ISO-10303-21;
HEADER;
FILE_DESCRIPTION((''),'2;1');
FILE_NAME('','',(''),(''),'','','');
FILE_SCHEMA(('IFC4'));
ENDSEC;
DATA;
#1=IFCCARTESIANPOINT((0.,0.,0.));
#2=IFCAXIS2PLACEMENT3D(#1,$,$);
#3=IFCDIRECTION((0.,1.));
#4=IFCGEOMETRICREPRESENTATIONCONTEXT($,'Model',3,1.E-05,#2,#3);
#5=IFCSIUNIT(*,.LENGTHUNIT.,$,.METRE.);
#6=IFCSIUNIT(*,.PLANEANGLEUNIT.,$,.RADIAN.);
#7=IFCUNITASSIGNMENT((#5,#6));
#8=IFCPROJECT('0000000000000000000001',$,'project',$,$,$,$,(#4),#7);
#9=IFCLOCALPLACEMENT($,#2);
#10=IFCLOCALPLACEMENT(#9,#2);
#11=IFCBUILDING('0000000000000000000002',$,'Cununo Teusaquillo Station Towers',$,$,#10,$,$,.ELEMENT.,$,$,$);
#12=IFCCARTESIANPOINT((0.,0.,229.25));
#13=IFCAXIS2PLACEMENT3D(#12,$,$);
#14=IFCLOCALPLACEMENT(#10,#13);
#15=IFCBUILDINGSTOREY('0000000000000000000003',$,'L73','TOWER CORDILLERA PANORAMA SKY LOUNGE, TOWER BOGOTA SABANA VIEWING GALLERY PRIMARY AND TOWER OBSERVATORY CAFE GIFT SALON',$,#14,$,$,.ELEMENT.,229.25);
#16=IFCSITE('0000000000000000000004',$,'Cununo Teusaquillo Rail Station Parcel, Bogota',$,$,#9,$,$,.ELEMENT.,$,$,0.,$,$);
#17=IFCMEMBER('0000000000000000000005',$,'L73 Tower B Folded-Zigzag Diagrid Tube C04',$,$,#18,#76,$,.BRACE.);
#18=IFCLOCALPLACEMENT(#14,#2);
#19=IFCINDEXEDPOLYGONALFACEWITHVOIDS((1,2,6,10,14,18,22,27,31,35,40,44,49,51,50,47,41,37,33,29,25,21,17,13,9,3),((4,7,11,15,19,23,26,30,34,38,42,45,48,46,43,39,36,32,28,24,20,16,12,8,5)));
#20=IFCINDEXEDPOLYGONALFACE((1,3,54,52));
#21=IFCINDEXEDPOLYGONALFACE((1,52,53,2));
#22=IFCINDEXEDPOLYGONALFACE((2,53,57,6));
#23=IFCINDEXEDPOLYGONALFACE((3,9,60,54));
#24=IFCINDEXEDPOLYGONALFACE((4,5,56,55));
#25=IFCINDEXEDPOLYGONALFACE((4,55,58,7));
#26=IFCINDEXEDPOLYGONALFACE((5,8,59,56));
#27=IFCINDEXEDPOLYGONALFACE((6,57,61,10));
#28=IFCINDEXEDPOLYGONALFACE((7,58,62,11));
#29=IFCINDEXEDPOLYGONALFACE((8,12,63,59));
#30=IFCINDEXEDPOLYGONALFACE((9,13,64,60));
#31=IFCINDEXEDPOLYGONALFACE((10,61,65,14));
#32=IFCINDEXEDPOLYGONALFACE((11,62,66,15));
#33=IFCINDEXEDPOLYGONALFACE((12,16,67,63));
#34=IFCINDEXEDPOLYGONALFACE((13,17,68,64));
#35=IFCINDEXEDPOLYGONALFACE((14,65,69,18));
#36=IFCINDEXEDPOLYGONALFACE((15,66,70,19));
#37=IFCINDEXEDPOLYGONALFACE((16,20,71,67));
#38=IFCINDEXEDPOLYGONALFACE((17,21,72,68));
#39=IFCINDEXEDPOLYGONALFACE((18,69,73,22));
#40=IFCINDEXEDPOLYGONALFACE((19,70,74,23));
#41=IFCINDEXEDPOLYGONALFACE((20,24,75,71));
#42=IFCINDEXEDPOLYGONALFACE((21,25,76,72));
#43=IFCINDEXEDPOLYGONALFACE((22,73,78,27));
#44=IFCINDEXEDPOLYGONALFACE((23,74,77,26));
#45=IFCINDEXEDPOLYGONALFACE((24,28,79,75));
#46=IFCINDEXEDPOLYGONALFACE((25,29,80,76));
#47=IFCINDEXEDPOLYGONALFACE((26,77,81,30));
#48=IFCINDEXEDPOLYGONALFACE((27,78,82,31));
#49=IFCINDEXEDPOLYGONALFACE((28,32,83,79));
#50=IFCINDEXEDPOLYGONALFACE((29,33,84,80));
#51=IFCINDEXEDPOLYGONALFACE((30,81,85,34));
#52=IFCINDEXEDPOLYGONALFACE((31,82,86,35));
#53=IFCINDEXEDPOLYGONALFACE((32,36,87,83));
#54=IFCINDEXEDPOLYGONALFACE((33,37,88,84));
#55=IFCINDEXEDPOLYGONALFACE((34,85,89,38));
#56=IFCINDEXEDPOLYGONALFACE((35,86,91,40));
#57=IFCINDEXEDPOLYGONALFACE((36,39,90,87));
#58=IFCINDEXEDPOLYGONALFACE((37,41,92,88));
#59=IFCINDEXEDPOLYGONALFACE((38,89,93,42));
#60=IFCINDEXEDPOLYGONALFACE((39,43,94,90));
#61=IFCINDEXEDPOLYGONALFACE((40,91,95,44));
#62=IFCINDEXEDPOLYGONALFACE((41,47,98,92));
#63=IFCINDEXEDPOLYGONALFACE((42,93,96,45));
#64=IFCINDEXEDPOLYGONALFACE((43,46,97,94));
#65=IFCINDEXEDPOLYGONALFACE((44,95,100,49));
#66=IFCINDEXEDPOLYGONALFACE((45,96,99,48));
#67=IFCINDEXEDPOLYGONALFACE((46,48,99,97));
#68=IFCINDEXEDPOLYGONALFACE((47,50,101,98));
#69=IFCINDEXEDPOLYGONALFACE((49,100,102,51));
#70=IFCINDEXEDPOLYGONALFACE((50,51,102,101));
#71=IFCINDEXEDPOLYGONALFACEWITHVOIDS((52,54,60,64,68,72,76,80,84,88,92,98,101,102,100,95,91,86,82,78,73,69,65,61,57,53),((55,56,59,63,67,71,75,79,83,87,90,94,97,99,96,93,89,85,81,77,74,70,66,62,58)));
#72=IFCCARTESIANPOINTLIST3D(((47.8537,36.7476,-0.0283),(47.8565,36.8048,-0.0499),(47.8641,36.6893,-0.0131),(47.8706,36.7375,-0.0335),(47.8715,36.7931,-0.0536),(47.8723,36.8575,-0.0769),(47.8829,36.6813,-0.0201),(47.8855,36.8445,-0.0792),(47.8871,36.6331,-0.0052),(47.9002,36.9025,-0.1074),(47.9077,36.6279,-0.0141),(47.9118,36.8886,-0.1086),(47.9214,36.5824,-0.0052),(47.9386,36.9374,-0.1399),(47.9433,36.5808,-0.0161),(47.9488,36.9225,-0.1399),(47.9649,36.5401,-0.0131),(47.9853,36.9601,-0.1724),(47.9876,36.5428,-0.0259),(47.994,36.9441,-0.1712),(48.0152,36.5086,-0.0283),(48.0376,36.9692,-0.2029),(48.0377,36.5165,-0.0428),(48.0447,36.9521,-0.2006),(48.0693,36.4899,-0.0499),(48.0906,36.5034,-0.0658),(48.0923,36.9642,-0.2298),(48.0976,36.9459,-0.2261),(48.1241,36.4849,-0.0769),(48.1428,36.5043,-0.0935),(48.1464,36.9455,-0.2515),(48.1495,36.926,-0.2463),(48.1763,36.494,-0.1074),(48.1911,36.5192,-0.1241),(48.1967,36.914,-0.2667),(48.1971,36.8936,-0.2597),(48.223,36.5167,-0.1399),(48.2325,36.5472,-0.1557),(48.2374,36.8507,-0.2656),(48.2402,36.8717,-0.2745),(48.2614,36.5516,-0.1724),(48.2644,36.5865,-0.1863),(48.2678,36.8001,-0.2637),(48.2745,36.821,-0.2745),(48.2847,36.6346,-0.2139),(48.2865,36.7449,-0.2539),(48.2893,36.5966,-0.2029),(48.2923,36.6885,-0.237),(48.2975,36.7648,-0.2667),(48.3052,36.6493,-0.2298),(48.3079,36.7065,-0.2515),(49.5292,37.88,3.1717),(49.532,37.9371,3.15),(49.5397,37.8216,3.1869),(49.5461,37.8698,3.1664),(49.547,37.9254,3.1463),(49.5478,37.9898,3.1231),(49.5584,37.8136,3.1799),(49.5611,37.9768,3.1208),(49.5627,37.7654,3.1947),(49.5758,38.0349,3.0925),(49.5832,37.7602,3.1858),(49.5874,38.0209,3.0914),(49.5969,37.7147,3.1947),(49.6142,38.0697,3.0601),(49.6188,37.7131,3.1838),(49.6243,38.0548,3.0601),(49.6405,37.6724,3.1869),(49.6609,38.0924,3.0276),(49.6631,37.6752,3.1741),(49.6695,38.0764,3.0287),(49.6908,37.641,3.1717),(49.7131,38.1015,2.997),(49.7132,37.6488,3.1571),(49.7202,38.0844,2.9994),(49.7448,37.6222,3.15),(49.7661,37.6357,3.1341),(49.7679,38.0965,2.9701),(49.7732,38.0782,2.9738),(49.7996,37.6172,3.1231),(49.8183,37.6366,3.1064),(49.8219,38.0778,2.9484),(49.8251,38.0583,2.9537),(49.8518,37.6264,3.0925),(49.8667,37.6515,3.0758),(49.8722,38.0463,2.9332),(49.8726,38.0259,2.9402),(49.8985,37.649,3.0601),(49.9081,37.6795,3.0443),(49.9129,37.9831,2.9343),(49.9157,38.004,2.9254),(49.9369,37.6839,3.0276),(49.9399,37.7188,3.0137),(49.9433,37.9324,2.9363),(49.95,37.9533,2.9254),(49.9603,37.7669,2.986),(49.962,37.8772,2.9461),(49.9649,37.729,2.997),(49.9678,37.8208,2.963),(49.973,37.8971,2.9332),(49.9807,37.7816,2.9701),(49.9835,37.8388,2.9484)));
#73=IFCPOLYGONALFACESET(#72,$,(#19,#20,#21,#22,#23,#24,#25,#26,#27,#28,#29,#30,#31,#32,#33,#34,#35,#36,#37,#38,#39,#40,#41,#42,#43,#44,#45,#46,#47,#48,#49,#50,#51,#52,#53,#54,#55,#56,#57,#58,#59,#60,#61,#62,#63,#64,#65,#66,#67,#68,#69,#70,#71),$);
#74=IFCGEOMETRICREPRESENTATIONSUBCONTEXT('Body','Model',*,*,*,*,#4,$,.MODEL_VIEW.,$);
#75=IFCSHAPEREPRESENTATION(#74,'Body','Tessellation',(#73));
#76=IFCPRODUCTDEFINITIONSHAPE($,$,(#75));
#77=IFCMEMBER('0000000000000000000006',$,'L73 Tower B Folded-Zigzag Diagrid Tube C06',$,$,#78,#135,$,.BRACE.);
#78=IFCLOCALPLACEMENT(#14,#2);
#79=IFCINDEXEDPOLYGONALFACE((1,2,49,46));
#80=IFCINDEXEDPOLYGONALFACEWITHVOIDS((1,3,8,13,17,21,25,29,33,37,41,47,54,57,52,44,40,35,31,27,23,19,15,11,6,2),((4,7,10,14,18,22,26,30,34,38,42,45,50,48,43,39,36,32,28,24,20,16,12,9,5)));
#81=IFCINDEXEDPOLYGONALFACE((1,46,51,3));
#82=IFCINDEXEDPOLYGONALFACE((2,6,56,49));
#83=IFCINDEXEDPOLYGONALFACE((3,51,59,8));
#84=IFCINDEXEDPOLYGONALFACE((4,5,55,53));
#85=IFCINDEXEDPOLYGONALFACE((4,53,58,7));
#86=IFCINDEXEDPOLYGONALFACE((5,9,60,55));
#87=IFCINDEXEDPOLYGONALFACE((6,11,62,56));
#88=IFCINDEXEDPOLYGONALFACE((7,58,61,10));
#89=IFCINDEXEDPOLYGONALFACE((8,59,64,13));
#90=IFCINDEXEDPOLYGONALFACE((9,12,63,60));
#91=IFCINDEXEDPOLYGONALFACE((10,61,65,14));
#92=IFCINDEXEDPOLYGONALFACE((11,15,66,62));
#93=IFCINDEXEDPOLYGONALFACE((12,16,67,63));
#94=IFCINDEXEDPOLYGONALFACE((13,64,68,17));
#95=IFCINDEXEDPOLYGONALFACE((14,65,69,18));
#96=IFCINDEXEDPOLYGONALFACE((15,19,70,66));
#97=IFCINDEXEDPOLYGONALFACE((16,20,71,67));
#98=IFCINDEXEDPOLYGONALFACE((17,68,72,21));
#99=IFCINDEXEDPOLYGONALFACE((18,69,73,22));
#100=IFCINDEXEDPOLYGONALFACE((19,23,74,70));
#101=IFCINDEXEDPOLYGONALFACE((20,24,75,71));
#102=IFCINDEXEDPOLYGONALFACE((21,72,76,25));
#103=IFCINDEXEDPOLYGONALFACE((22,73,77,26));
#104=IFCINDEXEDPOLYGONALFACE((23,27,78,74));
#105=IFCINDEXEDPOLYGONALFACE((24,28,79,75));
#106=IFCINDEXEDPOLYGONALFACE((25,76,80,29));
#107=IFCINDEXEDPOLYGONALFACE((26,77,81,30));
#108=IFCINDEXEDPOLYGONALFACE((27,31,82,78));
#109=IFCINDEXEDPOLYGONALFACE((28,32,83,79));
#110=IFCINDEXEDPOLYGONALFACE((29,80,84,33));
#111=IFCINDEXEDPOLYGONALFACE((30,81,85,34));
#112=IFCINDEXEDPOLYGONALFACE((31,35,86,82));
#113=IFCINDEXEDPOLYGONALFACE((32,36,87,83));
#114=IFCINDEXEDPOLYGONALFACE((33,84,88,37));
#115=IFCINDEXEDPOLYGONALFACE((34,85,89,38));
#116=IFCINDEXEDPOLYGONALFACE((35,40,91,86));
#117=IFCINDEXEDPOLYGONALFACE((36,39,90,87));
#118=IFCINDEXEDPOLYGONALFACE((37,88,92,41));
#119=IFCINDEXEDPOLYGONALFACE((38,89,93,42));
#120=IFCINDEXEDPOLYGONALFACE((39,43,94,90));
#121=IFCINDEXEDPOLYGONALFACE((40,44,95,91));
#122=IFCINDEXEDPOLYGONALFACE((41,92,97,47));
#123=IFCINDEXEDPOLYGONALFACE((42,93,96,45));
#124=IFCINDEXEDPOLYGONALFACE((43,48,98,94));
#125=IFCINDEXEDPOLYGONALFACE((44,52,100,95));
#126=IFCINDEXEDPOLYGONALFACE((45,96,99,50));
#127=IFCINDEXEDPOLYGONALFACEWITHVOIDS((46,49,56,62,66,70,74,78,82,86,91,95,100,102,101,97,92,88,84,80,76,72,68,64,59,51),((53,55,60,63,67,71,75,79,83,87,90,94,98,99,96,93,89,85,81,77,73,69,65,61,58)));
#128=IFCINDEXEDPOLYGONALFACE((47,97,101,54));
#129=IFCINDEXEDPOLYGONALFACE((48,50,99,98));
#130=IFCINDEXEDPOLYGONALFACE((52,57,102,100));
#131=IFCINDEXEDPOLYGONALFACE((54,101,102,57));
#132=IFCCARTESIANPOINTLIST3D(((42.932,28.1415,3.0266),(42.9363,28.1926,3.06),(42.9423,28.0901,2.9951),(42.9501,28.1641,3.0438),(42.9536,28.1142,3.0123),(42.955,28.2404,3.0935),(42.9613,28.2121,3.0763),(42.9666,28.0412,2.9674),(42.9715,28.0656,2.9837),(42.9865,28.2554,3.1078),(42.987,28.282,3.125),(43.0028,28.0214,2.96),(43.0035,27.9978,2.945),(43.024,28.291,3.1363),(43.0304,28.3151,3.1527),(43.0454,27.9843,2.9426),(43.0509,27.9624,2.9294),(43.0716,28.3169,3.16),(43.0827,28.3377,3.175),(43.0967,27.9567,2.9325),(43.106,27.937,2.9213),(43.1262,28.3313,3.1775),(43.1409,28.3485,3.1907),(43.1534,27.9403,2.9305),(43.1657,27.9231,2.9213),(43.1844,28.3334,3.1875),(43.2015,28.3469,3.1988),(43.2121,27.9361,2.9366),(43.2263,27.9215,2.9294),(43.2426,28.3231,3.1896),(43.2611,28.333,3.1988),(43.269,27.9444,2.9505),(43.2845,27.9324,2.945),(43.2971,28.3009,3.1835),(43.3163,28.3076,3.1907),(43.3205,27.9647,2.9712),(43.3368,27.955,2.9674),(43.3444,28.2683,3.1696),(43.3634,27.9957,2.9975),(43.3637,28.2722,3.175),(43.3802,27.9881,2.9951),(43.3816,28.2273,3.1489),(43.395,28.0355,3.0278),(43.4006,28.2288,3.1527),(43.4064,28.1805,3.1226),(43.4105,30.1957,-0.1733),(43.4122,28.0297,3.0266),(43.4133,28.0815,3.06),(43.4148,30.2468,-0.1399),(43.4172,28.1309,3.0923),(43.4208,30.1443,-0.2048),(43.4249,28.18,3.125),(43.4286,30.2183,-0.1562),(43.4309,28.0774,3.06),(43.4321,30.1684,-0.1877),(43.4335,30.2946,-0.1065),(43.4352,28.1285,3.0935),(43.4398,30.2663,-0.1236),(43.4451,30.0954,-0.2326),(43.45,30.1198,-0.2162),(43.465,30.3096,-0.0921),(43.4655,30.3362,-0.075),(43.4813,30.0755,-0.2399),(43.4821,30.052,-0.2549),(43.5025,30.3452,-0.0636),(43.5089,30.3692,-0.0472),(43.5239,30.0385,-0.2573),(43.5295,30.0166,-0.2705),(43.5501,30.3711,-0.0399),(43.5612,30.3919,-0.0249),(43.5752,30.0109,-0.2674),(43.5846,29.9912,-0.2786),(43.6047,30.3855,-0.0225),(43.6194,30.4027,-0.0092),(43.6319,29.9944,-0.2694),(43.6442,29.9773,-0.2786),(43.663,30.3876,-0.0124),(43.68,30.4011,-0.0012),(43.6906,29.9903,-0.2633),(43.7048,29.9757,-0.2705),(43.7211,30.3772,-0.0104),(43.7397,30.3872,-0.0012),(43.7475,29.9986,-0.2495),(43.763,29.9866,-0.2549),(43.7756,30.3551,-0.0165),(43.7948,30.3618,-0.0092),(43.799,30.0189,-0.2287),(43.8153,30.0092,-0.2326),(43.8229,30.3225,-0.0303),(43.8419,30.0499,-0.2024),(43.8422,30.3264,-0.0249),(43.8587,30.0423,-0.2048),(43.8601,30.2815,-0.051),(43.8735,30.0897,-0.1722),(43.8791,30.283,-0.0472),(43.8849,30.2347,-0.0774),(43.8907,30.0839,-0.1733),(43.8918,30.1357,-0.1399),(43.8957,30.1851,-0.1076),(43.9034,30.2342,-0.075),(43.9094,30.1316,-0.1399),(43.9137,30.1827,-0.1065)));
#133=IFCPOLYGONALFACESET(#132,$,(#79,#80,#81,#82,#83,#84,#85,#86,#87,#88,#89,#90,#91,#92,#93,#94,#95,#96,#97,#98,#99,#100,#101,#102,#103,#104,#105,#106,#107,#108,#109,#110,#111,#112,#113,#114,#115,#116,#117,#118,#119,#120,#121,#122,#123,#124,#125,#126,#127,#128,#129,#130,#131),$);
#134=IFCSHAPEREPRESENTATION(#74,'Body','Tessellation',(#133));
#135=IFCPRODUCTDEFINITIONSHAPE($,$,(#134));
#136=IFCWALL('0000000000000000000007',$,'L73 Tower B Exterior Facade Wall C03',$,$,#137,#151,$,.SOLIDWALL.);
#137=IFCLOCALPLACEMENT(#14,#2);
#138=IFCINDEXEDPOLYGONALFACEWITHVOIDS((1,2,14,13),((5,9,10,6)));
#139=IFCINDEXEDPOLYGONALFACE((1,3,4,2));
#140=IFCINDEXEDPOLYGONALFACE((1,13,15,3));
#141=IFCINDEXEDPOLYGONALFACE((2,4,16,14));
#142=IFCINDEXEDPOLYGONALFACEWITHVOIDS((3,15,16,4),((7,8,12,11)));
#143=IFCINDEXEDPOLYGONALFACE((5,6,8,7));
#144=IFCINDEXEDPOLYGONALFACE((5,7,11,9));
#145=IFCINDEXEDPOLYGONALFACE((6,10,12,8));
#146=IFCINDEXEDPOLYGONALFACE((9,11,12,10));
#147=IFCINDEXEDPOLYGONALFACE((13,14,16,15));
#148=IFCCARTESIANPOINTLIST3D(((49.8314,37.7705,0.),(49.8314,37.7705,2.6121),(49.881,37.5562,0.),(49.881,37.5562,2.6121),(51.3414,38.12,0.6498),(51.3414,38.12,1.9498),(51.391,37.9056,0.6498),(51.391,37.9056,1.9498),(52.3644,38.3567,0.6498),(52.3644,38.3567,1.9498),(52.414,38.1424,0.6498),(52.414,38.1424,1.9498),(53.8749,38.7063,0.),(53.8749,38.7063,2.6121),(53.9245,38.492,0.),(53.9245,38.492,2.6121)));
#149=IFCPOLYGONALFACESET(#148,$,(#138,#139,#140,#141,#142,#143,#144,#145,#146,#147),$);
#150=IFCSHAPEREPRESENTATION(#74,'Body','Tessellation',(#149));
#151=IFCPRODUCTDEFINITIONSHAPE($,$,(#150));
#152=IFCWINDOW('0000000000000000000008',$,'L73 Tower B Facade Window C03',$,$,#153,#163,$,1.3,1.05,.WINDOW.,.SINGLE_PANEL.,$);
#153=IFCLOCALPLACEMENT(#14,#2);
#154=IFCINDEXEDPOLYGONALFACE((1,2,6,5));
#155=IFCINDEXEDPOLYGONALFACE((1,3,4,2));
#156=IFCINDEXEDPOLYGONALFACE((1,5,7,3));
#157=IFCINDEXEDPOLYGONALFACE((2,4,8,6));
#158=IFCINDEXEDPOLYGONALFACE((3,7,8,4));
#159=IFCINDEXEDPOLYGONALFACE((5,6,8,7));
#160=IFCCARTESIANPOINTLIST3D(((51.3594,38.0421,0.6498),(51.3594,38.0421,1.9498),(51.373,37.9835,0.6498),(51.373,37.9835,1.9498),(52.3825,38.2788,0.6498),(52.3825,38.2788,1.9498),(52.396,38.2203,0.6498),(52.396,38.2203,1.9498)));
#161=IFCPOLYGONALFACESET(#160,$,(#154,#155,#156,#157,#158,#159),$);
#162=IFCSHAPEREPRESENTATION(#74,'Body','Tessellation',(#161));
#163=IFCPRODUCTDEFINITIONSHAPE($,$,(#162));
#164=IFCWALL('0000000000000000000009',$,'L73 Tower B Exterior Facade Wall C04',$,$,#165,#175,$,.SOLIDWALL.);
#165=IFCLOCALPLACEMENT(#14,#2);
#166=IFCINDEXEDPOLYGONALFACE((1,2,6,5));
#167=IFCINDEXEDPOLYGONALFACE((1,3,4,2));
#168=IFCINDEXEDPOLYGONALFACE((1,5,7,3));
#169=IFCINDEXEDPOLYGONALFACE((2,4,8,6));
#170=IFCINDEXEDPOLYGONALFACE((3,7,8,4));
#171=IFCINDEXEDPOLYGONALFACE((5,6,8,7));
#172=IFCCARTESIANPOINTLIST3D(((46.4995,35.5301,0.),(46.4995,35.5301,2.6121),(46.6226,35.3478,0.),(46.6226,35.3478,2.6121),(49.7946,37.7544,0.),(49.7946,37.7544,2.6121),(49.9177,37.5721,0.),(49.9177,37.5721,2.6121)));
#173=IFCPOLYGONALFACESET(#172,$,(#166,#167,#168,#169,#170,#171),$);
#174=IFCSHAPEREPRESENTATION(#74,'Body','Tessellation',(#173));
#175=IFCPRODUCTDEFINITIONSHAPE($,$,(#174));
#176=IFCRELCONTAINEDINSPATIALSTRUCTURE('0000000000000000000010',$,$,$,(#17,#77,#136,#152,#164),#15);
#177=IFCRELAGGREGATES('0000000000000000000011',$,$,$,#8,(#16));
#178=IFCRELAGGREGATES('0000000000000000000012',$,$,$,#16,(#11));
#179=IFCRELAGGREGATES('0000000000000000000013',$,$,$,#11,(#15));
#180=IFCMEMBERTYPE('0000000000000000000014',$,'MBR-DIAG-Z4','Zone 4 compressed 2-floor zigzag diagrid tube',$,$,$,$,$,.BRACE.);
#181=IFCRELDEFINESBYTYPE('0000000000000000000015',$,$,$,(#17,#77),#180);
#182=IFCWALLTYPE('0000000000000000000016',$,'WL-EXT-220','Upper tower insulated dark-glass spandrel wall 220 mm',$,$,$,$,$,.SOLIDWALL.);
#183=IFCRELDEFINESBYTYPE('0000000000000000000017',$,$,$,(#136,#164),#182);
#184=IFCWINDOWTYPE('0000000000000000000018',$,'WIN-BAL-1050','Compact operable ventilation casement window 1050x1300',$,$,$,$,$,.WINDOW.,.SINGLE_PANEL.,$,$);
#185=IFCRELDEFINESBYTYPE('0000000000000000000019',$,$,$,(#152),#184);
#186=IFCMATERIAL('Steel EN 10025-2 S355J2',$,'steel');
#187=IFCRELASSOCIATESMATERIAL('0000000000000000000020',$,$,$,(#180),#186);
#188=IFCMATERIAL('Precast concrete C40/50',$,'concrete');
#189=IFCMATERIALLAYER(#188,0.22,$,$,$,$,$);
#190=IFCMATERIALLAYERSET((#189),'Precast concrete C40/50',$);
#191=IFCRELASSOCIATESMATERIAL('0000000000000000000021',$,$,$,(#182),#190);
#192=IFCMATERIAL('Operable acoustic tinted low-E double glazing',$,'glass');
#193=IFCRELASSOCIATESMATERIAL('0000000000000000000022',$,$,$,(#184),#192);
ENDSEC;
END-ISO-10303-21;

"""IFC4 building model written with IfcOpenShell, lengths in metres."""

from ifc_helpers import new_model, si_unit, direction, frame, frame_2d, origin, origin_2d, place, context, subcontext, project, spatial, rectangle, hollow_circle, extrude, source, transform, mapped, material, layer, layer_set, material_profile, profile_set, type_object, element, fill, save


model = new_model("IFC4")

# Units and contexts
model_context = context("Model", 3, precision=1e-05, world=origin(), true_north=direction((0.0, 1.0)))
body_context = subcontext(model_context, "Body", "Model", "MODEL_VIEW")
ifc_project = project(units=[si_unit("LENGTHUNIT", "METRE"), si_unit("PLANEANGLEUNIT", "RADIAN")], contexts=[model_context])

# Site, building, storey
site_placement = place(None, origin())
site = spatial("IfcSite", under=ifc_project, at=site_placement, Name="Cununo Teusaquillo Rail Station Parcel, Bogota", CompositionType="ELEMENT", RefElevation=0.0)
building_placement = place(site_placement, origin())
building = spatial("IfcBuilding", under=site, at=building_placement, Name="Cununo Teusaquillo Station Towers", CompositionType="ELEMENT")
storey_placement = place(building_placement, frame((0.0, 0.0, 229.25)))
storey = spatial("IfcBuildingStorey", under=building, at=storey_placement, Name="L73", Description="TOWER CORDILLERA PANORAMA SKY LOUNGE, TOWER BOGOTA SABANA VIEWING GALLERY PRIMARY AND TOWER OBSERVATORY CAFE GIFT SALON", CompositionType="ELEMENT", Elevation=229.25)

# Members
ifc_material_1 = material(Name="Steel EN 10025-2 S355J2", Category="steel")
ifc_material_profile_1 = material_profile(ifc_material_1, hollow_circle(Radius=0.2539, WallThickness=0.0181, at=origin_2d()), Name="CHS 508x18")
ifc_profile_set_1 = profile_set([ifc_material_profile_1], Name="Steel EN 10025-2 S355J2")
member_type = type_object("IfcMemberType", Name="MBR-DIAG-Z4", Description="Zone 4 compressed 2-floor zigzag diagrid tube", PredefinedType="BRACE", material=ifc_profile_set_1)
member_1_placement = place(storey_placement, frame((48.0808, 36.7271, -0.1399), z_axis=(0.442631, 0.299129, 0.84534), x_axis=(-0.559927, 0.828542, 0.0)))
element("IfcMember", 1, at=member_1_placement, inside=storey, type_object=member_type, Name="L73 Tower B Folded-Zigzag Diagrid Tube C04", PredefinedType="BRACE", context=body_context, shape_type="SweptSolid", body=[
    extrude(hollow_circle(Radius=0.2539, WallThickness=0.0181, at=origin_2d()), origin(), (0.0, 0.0, 1.0), 3.7854),
])
member_2_placement = place(storey_placement, frame((43.6621, 30.1892, -0.1399), z_axis=(-0.124856, -0.535988, 0.834942), x_axis=(0.973925, -0.226871, 0.0)))
element("IfcMember", 2, at=member_2_placement, inside=storey, type_object=member_type, Name="L73 Tower B Folded-Zigzag Diagrid Tube C06", PredefinedType="BRACE", context=body_context, shape_type="SweptSolid", body=[
    extrude(hollow_circle(Radius=0.2539, WallThickness=0.0181, at=origin_2d()), origin(), (0.0, 0.0, 1.0), 3.8325),
])

# Wall, opening, window
ifc_material_2 = material(Name="Precast concrete C40/50", Category="concrete")
ifc_layer_1 = layer(ifc_material_2, 0.22)
ifc_layer_set_1 = layer_set([ifc_layer_1], Name="Precast concrete C40/50")
wall_type_1 = type_object("IfcWallType", Name="WL-EXT-220", Description="Upper tower insulated dark-glass spandrel wall 220 mm", PredefinedType="SOLIDWALL", material=ifc_layer_set_1)
wall_1_placement = place(storey_placement, frame((49.8562, 37.6633, 0.0), z_axis=(0.0, 0.0, 1.0), x_axis=(0.974249, 0.225474, 0.0)))
wall_1 = element("IfcWall", 3, at=wall_1_placement, inside=storey, type_object=wall_type_1, Name="L73 Tower B Exterior Facade Wall C03", PredefinedType="SOLIDWALL", context=body_context, shape_type="SweptSolid", body=[
    extrude(rectangle(XDim=4.1504, YDim=0.22, at=frame_2d((2.0752, 0.0))), origin(), (0.0, 0.0, 1.0), 2.6121),
])
shared_shape_1 = source(origin(), body_context, "Body", "SweptSolid", [
    extrude(rectangle(XDim=1.05, YDim=1.3, at=frame_2d((0.5249, 0.6499))), frame((0.0, 0.1199, 0.0), z_axis=(0.0, -1.0, 0.0), x_axis=(1.0, 0.0, 0.0)), (0.0, 0.0, 1.0), 0.24),
])
opening_1_placement = place(wall_1_placement, frame((1.55, 0.0, 0.6499)))
opening_1 = element("IfcOpeningElement", 4, at=opening_1_placement, cuts=wall_1, PredefinedType="OPENING", context=body_context, shape_type="MappedRepresentation", body=[
    mapped(shared_shape_1, transform((0.0, 0.0, 0.0), x_axis=(1.0, 0.0, 0.0), y_axis=(0.0, 1.0, 0.0), z_axis=(0.0, 0.0, 1.0), scale=1.0)),
])
ifc_material_3 = material(Name="Operable acoustic tinted low-E double glazing", Category="glass")
window_type = type_object("IfcWindowType", Name="WIN-BAL-1050", Description="Compact operable ventilation casement window 1050x1300", PartitioningType="SINGLE_PANEL", PredefinedType="WINDOW", material=ifc_material_3)
shared_shape_2 = source(origin(), body_context, "Body", "SweptSolid", [
    extrude(rectangle(XDim=1.05, YDim=1.3, at=frame_2d((0.5249, 0.6499))), frame((0.0, 0.03, 0.0), z_axis=(0.0, -1.0, 0.0), x_axis=(1.0, 0.0, 0.0)), (0.0, 0.0, 1.0), 0.0601),
])
window_1_placement = place(opening_1_placement, origin())
window_1 = element("IfcWindow", 5, at=window_1_placement, inside=storey, type_object=window_type, Name="L73 Tower B Facade Window C03", OverallHeight=1.3, OverallWidth=1.05, PartitioningType="SINGLE_PANEL", PredefinedType="WINDOW", context=body_context, shape_type="MappedRepresentation", body=[
    mapped(shared_shape_2, transform((0.0, 0.0, 0.0), x_axis=(1.0, 0.0, 0.0), y_axis=(0.0, 1.0, 0.0), z_axis=(0.0, 0.0, 1.0), scale=1.0)),
])
fill(opening_1, window_1)

# Wall
wall_2_placement = place(storey_placement, frame((46.561, 35.439, 0.0), z_axis=(0.0, 0.0, 1.0), x_axis=(0.828834, 0.559495, 0.0)))
element("IfcWall", 6, at=wall_2_placement, inside=storey, type_object=wall_type_1, Name="L73 Tower B Exterior Facade Wall C04", PredefinedType="SOLIDWALL", context=body_context, shape_type="SweptSolid", body=[
    extrude(rectangle(XDim=3.9756, YDim=0.22, at=frame_2d((1.9878, 0.0))), origin(), (0.0, 0.0, 1.0), 2.6121),
])

save(model, "model.ifc")
